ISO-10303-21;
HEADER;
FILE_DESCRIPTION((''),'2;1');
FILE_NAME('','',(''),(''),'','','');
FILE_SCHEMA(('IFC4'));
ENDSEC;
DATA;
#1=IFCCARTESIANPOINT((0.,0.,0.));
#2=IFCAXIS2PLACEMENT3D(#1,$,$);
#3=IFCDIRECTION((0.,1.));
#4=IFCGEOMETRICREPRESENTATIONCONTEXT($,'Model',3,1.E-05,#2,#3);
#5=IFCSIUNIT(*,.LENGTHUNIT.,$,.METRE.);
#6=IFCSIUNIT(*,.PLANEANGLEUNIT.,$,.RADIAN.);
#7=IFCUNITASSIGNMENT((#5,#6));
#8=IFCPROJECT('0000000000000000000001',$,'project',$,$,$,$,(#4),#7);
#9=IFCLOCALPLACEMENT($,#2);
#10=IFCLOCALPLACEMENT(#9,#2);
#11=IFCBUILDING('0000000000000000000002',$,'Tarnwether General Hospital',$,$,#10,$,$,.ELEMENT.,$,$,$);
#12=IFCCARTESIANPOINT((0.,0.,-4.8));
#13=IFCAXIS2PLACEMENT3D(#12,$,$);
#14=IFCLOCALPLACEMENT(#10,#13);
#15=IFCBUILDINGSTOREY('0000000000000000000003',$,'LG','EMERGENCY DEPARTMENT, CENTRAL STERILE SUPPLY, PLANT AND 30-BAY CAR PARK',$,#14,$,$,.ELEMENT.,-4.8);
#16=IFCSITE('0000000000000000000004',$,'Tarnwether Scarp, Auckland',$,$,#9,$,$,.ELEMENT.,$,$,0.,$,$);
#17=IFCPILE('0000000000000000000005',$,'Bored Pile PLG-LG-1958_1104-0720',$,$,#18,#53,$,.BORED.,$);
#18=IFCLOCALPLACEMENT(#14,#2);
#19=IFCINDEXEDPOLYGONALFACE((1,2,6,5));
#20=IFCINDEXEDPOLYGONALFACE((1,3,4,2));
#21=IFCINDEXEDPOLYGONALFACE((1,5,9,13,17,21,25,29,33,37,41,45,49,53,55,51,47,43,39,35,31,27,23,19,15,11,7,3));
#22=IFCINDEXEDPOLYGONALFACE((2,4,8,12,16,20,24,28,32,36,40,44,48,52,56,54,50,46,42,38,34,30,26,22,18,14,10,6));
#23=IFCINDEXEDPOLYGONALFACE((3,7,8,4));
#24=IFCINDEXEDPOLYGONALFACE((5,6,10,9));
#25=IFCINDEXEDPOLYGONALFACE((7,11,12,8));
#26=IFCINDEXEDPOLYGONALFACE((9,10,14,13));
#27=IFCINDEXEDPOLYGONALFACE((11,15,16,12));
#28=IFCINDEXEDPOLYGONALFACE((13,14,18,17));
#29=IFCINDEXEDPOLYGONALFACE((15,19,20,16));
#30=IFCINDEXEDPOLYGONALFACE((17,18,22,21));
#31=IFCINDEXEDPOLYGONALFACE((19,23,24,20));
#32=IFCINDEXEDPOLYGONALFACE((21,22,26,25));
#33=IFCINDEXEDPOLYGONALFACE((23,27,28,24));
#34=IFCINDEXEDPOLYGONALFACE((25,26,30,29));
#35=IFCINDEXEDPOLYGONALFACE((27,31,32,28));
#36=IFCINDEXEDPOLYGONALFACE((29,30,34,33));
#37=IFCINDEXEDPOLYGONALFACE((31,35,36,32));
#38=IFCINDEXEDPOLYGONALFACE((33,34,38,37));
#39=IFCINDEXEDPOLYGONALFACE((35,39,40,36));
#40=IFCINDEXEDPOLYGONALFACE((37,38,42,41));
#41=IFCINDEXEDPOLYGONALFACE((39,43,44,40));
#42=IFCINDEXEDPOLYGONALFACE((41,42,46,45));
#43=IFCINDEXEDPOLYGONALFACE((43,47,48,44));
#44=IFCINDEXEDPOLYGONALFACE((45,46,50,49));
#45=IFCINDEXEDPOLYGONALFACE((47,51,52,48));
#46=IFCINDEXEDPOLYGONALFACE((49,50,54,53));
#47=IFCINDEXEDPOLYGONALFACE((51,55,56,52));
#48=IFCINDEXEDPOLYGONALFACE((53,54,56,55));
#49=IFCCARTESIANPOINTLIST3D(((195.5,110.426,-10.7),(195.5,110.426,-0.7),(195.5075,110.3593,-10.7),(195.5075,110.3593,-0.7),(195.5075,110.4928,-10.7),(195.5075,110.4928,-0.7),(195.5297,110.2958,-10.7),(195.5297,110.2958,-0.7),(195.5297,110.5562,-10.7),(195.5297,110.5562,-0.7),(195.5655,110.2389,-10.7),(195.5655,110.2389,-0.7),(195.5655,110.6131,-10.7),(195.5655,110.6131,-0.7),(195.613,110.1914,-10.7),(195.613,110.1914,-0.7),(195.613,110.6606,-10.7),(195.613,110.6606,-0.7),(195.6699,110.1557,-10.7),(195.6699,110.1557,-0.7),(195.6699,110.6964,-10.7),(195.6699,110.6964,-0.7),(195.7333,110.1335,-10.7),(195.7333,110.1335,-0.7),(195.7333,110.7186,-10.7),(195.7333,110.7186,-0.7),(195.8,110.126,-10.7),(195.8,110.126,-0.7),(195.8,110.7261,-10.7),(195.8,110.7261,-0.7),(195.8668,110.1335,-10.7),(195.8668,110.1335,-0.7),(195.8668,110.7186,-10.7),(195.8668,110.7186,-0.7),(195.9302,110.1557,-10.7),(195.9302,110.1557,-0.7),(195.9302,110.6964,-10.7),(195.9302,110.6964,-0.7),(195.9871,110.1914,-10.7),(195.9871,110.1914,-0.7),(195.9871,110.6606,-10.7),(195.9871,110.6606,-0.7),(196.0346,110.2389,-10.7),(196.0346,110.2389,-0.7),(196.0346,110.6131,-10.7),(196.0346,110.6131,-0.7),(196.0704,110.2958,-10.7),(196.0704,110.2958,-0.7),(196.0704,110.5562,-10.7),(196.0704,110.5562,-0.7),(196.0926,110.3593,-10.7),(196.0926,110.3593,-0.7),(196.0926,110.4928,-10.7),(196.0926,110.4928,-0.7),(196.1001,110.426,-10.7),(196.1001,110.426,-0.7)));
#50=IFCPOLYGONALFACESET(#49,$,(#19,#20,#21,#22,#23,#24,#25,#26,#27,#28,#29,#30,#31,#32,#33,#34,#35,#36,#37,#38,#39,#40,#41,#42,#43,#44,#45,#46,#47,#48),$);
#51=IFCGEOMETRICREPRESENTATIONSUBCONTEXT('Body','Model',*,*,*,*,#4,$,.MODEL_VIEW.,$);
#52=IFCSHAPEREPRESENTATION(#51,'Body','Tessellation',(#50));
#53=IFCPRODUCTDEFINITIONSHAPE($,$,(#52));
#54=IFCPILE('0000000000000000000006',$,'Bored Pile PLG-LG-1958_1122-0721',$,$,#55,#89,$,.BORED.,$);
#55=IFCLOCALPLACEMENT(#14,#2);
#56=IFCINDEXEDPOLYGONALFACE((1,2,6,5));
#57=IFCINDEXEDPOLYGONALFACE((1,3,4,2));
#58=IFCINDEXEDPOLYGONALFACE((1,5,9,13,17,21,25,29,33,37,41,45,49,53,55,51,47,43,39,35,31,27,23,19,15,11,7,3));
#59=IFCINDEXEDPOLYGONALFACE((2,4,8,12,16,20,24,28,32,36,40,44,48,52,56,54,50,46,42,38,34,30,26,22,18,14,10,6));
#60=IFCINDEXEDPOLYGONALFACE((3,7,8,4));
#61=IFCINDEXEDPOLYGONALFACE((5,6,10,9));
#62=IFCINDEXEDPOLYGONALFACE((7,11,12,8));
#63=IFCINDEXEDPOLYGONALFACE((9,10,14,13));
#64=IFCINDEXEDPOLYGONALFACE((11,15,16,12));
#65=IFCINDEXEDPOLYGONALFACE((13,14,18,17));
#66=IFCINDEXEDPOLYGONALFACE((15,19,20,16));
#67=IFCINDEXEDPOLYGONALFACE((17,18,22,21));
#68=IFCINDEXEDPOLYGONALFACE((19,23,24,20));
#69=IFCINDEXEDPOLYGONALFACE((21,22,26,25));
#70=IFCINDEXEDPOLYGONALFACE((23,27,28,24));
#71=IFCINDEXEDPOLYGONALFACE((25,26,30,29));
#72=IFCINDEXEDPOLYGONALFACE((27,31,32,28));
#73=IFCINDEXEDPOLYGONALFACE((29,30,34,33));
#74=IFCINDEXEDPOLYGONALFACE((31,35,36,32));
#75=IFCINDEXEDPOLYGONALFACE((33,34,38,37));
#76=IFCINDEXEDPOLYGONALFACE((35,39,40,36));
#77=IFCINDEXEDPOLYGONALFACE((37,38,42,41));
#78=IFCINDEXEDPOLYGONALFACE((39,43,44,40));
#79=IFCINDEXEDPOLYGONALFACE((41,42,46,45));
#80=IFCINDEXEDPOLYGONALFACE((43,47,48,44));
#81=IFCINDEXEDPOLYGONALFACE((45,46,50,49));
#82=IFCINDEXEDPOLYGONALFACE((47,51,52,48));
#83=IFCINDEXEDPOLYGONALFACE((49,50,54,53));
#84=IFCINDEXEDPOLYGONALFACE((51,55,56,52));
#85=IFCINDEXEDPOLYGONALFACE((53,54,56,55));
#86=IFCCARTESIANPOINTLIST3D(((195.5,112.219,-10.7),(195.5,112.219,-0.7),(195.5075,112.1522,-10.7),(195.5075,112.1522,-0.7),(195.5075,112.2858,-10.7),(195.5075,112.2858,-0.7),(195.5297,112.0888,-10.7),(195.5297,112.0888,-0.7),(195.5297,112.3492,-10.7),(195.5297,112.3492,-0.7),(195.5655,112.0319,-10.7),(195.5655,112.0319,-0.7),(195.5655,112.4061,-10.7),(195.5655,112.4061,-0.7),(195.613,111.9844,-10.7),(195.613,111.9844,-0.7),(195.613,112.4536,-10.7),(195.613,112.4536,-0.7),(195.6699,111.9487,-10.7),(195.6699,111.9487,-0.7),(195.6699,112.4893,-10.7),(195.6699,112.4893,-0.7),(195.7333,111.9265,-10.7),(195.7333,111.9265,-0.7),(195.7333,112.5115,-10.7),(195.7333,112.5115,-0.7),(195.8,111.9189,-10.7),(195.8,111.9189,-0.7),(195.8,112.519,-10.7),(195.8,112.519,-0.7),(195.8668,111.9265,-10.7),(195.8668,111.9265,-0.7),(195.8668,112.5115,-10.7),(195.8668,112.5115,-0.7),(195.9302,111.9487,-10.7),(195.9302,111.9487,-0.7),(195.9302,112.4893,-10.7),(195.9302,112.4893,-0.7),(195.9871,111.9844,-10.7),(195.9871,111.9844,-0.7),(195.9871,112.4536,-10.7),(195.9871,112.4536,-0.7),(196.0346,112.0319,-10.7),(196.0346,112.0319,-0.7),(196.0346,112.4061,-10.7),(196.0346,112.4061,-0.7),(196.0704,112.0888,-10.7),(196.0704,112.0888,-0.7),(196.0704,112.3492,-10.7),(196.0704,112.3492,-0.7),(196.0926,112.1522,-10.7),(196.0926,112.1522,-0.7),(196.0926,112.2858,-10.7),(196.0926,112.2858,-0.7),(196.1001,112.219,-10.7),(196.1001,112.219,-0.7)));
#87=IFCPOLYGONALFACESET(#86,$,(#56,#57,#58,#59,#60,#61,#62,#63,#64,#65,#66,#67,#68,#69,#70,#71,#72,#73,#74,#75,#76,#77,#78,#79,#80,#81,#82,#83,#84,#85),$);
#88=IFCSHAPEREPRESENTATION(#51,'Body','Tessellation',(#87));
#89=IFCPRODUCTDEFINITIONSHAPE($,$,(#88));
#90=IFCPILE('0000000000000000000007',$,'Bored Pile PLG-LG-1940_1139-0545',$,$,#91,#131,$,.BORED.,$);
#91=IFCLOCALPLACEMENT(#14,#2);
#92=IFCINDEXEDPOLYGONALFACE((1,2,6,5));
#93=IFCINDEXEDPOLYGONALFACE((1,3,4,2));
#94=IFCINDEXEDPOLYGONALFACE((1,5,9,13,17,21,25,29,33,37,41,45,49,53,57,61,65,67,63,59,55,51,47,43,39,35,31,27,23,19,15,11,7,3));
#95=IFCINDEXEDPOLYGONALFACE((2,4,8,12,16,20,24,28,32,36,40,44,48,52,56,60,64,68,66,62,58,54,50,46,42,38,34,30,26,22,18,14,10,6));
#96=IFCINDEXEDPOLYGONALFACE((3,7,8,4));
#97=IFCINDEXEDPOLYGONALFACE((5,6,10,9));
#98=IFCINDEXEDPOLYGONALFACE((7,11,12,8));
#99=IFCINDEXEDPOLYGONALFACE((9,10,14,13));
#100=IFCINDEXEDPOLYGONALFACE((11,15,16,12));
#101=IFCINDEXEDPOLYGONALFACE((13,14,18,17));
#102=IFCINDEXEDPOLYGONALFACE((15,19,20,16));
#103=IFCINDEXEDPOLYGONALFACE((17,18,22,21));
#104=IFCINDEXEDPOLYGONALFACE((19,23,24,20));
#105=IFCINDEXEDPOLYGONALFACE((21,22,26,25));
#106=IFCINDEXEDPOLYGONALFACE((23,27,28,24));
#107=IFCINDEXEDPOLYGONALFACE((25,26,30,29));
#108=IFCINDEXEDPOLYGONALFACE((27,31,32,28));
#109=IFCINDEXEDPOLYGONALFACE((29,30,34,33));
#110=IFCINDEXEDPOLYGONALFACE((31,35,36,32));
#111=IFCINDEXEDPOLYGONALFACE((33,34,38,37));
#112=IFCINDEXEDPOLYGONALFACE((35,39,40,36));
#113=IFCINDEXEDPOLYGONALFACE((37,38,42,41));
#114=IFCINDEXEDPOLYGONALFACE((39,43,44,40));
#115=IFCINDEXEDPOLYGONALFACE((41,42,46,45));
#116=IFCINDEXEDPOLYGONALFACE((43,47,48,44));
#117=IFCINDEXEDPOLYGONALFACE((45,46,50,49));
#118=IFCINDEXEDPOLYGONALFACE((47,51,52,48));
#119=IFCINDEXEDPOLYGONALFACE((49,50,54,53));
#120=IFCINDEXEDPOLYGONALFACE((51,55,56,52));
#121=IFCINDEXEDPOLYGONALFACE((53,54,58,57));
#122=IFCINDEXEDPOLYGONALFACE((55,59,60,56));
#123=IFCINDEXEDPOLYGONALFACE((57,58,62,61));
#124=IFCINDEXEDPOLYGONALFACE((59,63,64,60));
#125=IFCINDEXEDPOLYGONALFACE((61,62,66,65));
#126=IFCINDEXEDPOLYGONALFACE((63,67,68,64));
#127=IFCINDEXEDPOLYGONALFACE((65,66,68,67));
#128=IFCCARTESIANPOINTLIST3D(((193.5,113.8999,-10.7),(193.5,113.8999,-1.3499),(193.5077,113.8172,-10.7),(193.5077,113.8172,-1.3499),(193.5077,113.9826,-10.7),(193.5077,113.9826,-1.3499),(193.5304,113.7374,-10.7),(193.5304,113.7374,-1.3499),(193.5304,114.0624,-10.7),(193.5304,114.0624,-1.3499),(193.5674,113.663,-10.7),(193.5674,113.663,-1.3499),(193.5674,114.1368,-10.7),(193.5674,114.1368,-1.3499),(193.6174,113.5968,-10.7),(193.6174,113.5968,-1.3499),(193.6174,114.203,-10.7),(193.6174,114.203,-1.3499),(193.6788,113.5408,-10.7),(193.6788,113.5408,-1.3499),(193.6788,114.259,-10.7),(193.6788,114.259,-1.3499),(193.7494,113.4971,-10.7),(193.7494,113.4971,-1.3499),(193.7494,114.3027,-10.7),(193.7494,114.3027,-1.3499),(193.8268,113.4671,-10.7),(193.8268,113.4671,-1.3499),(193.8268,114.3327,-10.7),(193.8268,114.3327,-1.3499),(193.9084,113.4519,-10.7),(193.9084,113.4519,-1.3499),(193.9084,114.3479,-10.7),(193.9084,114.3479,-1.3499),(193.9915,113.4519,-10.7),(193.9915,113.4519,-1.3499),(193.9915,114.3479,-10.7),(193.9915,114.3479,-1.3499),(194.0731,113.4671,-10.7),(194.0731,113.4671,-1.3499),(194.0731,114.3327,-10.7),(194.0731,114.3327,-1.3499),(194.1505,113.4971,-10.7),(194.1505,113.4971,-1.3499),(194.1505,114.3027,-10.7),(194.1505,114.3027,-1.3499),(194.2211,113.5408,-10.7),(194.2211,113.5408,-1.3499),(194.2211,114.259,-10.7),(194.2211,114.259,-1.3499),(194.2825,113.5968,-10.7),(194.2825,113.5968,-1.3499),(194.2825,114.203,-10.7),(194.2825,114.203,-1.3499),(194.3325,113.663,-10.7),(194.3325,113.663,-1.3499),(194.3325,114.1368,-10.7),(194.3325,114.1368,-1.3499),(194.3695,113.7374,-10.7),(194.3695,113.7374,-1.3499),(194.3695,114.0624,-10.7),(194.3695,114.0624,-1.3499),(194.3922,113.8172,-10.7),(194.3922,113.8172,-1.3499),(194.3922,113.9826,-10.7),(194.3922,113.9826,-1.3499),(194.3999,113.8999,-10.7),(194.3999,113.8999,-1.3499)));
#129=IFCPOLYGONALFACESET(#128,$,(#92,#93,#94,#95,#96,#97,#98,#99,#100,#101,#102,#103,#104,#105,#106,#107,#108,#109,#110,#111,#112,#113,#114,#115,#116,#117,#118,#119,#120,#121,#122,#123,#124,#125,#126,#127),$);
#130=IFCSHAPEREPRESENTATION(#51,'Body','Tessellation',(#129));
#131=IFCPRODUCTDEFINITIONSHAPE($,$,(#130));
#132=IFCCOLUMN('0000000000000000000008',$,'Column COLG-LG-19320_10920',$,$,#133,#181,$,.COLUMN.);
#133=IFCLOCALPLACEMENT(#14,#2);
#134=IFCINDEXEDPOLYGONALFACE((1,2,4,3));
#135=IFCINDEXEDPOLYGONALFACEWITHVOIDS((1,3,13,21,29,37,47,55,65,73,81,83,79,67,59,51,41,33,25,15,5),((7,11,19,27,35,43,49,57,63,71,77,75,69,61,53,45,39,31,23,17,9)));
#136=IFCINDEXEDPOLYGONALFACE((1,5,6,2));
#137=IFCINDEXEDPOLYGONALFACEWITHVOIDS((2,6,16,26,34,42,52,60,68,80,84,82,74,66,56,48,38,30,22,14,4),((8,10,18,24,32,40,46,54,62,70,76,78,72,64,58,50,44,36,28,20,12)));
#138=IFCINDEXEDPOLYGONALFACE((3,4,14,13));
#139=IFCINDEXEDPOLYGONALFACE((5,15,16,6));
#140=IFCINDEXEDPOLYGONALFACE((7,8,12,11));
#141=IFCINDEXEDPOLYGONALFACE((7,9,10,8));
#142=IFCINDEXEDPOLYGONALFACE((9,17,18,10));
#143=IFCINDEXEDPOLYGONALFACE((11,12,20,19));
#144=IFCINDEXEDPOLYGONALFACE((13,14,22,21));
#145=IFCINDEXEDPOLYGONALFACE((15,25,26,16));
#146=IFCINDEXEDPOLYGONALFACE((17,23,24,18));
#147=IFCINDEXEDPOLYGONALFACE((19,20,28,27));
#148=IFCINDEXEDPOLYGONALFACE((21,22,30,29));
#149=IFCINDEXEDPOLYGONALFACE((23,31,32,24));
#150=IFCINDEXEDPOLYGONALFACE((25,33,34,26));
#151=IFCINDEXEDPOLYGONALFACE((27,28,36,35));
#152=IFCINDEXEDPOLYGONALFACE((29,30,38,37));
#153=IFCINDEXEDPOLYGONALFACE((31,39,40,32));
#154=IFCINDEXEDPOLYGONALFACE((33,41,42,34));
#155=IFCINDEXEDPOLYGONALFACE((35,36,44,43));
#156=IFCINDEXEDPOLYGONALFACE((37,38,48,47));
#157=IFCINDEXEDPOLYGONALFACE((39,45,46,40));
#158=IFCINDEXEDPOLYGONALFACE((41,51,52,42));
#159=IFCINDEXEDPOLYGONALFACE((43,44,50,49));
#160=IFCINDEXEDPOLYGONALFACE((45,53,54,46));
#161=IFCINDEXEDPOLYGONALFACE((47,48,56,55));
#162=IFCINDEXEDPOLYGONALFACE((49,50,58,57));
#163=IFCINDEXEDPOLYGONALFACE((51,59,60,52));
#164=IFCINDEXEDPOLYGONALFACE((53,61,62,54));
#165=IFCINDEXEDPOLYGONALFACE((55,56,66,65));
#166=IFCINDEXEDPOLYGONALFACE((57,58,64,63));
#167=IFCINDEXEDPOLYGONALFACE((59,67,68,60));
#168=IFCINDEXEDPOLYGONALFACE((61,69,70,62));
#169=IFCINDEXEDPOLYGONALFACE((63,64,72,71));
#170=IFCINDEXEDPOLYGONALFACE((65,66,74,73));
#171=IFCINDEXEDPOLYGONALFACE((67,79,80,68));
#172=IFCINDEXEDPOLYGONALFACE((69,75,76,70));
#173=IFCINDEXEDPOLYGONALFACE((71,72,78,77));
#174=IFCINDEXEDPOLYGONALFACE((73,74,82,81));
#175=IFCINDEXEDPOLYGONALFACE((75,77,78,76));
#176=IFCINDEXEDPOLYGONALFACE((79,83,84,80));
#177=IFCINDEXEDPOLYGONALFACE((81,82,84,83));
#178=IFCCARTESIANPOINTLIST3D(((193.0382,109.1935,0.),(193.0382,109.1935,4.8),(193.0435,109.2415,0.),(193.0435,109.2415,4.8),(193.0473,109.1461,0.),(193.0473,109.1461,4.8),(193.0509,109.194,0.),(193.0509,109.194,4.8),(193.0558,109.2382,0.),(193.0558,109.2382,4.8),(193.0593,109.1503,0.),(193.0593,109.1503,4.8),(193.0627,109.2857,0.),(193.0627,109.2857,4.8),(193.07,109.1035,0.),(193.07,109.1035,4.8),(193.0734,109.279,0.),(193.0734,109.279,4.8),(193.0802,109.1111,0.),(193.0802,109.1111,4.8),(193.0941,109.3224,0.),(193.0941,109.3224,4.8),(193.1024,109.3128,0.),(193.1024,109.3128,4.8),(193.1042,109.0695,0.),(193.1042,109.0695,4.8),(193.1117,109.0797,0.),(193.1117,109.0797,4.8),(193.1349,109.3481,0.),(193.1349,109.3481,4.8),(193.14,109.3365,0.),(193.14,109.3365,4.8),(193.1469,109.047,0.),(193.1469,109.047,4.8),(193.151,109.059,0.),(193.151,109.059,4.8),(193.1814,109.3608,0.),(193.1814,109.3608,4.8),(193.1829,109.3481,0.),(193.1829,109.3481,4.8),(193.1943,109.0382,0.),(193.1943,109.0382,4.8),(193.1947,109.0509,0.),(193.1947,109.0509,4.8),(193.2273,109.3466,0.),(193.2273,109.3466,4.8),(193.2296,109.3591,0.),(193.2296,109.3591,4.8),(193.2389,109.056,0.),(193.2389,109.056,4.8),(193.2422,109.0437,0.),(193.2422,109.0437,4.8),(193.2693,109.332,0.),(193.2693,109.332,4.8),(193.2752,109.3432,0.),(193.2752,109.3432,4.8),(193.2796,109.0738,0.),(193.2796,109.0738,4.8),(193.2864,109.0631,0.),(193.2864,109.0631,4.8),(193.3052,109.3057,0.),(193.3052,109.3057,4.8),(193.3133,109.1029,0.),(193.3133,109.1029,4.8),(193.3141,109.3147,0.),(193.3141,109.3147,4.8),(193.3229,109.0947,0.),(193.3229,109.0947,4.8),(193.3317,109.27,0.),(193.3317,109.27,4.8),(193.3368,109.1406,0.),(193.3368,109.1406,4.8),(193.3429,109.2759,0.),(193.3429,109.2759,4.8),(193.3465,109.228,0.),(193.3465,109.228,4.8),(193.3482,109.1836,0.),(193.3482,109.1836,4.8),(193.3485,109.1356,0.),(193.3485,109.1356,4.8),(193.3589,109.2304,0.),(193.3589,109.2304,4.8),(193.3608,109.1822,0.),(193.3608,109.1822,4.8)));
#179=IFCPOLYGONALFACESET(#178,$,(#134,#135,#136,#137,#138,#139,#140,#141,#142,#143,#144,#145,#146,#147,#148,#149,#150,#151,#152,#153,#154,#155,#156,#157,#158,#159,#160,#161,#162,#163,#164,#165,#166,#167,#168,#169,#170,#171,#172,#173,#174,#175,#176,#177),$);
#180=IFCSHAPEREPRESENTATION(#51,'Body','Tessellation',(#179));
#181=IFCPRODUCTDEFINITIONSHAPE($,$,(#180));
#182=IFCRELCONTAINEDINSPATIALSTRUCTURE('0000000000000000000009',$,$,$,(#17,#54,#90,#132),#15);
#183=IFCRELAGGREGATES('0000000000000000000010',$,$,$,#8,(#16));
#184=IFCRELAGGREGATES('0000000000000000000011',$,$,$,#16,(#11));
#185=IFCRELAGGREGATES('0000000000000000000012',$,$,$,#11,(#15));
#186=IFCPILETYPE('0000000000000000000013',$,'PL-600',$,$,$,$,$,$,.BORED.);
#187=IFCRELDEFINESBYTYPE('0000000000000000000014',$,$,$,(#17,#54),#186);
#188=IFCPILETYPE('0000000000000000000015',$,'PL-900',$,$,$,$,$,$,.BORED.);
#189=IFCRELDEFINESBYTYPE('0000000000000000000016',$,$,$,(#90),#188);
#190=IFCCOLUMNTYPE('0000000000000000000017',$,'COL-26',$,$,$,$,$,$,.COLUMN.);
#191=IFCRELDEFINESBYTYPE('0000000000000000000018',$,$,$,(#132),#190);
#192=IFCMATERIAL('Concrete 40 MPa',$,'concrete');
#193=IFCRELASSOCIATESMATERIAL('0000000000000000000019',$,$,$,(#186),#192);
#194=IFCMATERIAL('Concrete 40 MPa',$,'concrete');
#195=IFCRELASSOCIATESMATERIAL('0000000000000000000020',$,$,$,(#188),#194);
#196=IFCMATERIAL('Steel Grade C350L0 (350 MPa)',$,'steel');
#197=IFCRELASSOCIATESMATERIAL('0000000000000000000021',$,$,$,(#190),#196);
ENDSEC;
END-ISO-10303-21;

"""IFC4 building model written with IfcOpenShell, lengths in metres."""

from ifc_helpers import new_model, si_unit, direction, frame, origin, origin_2d, place, context, subcontext, project, spatial, circle, hollow_circle, extrude, material, material_profile, profile_set, type_object, element, save


model = new_model("IFC4")

# Units and contexts
model_context = context("Model", 3, precision=1e-05, world=origin(), true_north=direction((0.0, 1.0)))
body_context = subcontext(model_context, "Body", "Model", "MODEL_VIEW")
ifc_project = project(units=[si_unit("LENGTHUNIT", "METRE"), si_unit("PLANEANGLEUNIT", "RADIAN")], contexts=[model_context])

# Site, building, storey
site_placement = place(None, origin())
site = spatial("IfcSite", under=ifc_project, at=site_placement, Name="Tarnwether Scarp, Auckland", CompositionType="ELEMENT", RefElevation=0.0)
building_placement = place(site_placement, origin())
building = spatial("IfcBuilding", under=site, at=building_placement, Name="Tarnwether General Hospital", CompositionType="ELEMENT")
storey_placement = place(building_placement, frame((0.0, 0.0, -4.8)))
storey = spatial("IfcBuildingStorey", under=building, at=storey_placement, Name="LG", Description="EMERGENCY DEPARTMENT, CENTRAL STERILE SUPPLY, PLANT AND 30-BAY CAR PARK", CompositionType="ELEMENT", Elevation=-4.8)

# Piles
ifc_material_1 = material(Name="Concrete 40 MPa", Category="concrete")
ifc_material_profile_1 = material_profile(ifc_material_1, circle(Radius=0.3, at=origin_2d()), Name="PILE-D600")
ifc_profile_set_1 = profile_set([ifc_material_profile_1], Name="Concrete 40 MPa")
pile_type_1 = type_object("IfcPileType", Name="PL-600", PredefinedType="BORED", material=ifc_profile_set_1)
for number, where, z_axis, x_axis, name in (
    (1, (195.8, 110.426, -0.7), (0.0, 0.0, -1.0), (1.0, 0.0, 0.0), "Bored Pile PLG-LG-1958_1104-0720"),
    (2, (195.8, 112.219, -0.7), (0.0, 0.0, -1.0), (1.0, 0.0, 0.0), "Bored Pile PLG-LG-1958_1122-0721"),
):
    element("IfcPile", number, at=place(storey_placement, frame(where, z_axis=z_axis, x_axis=x_axis)), inside=storey, type_object=pile_type_1, Name=name, PredefinedType="BORED", context=body_context, shape_type="SweptSolid", body=[
        extrude(circle(Radius=0.3, at=origin_2d()), origin(), (0.0, 0.0, 1.0), 10.0),
    ])
ifc_material_2 = material(Name="Concrete 40 MPa", Category="concrete")
ifc_material_profile_2 = material_profile(ifc_material_2, circle(Radius=0.45, at=origin_2d()), Name="PILE-D900")
ifc_profile_set_2 = profile_set([ifc_material_profile_2], Name="Concrete 40 MPa")
pile_type_2 = type_object("IfcPileType", Name="PL-900", PredefinedType="BORED", material=ifc_profile_set_2)
pile_1_placement = place(storey_placement, frame((193.95, 113.8999, -1.3499), z_axis=(0.0, 0.0, -1.0), x_axis=(1.0, 0.0, 0.0)))
element("IfcPile", 3, at=pile_1_placement, inside=storey, type_object=pile_type_2, Name="Bored Pile PLG-LG-1940_1139-0545", PredefinedType="BORED", context=body_context, shape_type="SweptSolid", body=[
    extrude(circle(Radius=0.45, at=origin_2d()), origin(), (0.0, 0.0, 1.0), 9.3501),
])

# Column
ifc_material_3 = material(Name="Steel Grade C350L0 (350 MPa)", Category="steel")
ifc_material_profile_3 = material_profile(ifc_material_3, hollow_circle(Radius=0.1619, WallThickness=0.0127, at=origin_2d()), Name="CHS323.9x12.7")
ifc_profile_set_3 = profile_set([ifc_material_profile_3], Name="Steel Grade C350L0 (350 MPa)")
column_type_1 = type_object("IfcColumnType", Name="COL-26", PredefinedType="COLUMN", material=ifc_profile_set_3)
column_1_placement = place(storey_placement, frame((193.2, 109.2, 0.0), z_axis=(0.0, 0.0, 1.0), x_axis=(0.882948, 0.469472, 0.0)))
element("IfcColumn", 4, at=column_1_placement, inside=storey, type_object=column_type_1, Name="Column COLG-LG-19320_10920", PredefinedType="COLUMN", context=body_context, shape_type="SweptSolid", body=[
    extrude(hollow_circle(Radius=0.1619, WallThickness=0.0127, at=origin_2d()), origin(), (0.0, 0.0, 1.0), 4.8),
])

save(model, "model.ifc")
